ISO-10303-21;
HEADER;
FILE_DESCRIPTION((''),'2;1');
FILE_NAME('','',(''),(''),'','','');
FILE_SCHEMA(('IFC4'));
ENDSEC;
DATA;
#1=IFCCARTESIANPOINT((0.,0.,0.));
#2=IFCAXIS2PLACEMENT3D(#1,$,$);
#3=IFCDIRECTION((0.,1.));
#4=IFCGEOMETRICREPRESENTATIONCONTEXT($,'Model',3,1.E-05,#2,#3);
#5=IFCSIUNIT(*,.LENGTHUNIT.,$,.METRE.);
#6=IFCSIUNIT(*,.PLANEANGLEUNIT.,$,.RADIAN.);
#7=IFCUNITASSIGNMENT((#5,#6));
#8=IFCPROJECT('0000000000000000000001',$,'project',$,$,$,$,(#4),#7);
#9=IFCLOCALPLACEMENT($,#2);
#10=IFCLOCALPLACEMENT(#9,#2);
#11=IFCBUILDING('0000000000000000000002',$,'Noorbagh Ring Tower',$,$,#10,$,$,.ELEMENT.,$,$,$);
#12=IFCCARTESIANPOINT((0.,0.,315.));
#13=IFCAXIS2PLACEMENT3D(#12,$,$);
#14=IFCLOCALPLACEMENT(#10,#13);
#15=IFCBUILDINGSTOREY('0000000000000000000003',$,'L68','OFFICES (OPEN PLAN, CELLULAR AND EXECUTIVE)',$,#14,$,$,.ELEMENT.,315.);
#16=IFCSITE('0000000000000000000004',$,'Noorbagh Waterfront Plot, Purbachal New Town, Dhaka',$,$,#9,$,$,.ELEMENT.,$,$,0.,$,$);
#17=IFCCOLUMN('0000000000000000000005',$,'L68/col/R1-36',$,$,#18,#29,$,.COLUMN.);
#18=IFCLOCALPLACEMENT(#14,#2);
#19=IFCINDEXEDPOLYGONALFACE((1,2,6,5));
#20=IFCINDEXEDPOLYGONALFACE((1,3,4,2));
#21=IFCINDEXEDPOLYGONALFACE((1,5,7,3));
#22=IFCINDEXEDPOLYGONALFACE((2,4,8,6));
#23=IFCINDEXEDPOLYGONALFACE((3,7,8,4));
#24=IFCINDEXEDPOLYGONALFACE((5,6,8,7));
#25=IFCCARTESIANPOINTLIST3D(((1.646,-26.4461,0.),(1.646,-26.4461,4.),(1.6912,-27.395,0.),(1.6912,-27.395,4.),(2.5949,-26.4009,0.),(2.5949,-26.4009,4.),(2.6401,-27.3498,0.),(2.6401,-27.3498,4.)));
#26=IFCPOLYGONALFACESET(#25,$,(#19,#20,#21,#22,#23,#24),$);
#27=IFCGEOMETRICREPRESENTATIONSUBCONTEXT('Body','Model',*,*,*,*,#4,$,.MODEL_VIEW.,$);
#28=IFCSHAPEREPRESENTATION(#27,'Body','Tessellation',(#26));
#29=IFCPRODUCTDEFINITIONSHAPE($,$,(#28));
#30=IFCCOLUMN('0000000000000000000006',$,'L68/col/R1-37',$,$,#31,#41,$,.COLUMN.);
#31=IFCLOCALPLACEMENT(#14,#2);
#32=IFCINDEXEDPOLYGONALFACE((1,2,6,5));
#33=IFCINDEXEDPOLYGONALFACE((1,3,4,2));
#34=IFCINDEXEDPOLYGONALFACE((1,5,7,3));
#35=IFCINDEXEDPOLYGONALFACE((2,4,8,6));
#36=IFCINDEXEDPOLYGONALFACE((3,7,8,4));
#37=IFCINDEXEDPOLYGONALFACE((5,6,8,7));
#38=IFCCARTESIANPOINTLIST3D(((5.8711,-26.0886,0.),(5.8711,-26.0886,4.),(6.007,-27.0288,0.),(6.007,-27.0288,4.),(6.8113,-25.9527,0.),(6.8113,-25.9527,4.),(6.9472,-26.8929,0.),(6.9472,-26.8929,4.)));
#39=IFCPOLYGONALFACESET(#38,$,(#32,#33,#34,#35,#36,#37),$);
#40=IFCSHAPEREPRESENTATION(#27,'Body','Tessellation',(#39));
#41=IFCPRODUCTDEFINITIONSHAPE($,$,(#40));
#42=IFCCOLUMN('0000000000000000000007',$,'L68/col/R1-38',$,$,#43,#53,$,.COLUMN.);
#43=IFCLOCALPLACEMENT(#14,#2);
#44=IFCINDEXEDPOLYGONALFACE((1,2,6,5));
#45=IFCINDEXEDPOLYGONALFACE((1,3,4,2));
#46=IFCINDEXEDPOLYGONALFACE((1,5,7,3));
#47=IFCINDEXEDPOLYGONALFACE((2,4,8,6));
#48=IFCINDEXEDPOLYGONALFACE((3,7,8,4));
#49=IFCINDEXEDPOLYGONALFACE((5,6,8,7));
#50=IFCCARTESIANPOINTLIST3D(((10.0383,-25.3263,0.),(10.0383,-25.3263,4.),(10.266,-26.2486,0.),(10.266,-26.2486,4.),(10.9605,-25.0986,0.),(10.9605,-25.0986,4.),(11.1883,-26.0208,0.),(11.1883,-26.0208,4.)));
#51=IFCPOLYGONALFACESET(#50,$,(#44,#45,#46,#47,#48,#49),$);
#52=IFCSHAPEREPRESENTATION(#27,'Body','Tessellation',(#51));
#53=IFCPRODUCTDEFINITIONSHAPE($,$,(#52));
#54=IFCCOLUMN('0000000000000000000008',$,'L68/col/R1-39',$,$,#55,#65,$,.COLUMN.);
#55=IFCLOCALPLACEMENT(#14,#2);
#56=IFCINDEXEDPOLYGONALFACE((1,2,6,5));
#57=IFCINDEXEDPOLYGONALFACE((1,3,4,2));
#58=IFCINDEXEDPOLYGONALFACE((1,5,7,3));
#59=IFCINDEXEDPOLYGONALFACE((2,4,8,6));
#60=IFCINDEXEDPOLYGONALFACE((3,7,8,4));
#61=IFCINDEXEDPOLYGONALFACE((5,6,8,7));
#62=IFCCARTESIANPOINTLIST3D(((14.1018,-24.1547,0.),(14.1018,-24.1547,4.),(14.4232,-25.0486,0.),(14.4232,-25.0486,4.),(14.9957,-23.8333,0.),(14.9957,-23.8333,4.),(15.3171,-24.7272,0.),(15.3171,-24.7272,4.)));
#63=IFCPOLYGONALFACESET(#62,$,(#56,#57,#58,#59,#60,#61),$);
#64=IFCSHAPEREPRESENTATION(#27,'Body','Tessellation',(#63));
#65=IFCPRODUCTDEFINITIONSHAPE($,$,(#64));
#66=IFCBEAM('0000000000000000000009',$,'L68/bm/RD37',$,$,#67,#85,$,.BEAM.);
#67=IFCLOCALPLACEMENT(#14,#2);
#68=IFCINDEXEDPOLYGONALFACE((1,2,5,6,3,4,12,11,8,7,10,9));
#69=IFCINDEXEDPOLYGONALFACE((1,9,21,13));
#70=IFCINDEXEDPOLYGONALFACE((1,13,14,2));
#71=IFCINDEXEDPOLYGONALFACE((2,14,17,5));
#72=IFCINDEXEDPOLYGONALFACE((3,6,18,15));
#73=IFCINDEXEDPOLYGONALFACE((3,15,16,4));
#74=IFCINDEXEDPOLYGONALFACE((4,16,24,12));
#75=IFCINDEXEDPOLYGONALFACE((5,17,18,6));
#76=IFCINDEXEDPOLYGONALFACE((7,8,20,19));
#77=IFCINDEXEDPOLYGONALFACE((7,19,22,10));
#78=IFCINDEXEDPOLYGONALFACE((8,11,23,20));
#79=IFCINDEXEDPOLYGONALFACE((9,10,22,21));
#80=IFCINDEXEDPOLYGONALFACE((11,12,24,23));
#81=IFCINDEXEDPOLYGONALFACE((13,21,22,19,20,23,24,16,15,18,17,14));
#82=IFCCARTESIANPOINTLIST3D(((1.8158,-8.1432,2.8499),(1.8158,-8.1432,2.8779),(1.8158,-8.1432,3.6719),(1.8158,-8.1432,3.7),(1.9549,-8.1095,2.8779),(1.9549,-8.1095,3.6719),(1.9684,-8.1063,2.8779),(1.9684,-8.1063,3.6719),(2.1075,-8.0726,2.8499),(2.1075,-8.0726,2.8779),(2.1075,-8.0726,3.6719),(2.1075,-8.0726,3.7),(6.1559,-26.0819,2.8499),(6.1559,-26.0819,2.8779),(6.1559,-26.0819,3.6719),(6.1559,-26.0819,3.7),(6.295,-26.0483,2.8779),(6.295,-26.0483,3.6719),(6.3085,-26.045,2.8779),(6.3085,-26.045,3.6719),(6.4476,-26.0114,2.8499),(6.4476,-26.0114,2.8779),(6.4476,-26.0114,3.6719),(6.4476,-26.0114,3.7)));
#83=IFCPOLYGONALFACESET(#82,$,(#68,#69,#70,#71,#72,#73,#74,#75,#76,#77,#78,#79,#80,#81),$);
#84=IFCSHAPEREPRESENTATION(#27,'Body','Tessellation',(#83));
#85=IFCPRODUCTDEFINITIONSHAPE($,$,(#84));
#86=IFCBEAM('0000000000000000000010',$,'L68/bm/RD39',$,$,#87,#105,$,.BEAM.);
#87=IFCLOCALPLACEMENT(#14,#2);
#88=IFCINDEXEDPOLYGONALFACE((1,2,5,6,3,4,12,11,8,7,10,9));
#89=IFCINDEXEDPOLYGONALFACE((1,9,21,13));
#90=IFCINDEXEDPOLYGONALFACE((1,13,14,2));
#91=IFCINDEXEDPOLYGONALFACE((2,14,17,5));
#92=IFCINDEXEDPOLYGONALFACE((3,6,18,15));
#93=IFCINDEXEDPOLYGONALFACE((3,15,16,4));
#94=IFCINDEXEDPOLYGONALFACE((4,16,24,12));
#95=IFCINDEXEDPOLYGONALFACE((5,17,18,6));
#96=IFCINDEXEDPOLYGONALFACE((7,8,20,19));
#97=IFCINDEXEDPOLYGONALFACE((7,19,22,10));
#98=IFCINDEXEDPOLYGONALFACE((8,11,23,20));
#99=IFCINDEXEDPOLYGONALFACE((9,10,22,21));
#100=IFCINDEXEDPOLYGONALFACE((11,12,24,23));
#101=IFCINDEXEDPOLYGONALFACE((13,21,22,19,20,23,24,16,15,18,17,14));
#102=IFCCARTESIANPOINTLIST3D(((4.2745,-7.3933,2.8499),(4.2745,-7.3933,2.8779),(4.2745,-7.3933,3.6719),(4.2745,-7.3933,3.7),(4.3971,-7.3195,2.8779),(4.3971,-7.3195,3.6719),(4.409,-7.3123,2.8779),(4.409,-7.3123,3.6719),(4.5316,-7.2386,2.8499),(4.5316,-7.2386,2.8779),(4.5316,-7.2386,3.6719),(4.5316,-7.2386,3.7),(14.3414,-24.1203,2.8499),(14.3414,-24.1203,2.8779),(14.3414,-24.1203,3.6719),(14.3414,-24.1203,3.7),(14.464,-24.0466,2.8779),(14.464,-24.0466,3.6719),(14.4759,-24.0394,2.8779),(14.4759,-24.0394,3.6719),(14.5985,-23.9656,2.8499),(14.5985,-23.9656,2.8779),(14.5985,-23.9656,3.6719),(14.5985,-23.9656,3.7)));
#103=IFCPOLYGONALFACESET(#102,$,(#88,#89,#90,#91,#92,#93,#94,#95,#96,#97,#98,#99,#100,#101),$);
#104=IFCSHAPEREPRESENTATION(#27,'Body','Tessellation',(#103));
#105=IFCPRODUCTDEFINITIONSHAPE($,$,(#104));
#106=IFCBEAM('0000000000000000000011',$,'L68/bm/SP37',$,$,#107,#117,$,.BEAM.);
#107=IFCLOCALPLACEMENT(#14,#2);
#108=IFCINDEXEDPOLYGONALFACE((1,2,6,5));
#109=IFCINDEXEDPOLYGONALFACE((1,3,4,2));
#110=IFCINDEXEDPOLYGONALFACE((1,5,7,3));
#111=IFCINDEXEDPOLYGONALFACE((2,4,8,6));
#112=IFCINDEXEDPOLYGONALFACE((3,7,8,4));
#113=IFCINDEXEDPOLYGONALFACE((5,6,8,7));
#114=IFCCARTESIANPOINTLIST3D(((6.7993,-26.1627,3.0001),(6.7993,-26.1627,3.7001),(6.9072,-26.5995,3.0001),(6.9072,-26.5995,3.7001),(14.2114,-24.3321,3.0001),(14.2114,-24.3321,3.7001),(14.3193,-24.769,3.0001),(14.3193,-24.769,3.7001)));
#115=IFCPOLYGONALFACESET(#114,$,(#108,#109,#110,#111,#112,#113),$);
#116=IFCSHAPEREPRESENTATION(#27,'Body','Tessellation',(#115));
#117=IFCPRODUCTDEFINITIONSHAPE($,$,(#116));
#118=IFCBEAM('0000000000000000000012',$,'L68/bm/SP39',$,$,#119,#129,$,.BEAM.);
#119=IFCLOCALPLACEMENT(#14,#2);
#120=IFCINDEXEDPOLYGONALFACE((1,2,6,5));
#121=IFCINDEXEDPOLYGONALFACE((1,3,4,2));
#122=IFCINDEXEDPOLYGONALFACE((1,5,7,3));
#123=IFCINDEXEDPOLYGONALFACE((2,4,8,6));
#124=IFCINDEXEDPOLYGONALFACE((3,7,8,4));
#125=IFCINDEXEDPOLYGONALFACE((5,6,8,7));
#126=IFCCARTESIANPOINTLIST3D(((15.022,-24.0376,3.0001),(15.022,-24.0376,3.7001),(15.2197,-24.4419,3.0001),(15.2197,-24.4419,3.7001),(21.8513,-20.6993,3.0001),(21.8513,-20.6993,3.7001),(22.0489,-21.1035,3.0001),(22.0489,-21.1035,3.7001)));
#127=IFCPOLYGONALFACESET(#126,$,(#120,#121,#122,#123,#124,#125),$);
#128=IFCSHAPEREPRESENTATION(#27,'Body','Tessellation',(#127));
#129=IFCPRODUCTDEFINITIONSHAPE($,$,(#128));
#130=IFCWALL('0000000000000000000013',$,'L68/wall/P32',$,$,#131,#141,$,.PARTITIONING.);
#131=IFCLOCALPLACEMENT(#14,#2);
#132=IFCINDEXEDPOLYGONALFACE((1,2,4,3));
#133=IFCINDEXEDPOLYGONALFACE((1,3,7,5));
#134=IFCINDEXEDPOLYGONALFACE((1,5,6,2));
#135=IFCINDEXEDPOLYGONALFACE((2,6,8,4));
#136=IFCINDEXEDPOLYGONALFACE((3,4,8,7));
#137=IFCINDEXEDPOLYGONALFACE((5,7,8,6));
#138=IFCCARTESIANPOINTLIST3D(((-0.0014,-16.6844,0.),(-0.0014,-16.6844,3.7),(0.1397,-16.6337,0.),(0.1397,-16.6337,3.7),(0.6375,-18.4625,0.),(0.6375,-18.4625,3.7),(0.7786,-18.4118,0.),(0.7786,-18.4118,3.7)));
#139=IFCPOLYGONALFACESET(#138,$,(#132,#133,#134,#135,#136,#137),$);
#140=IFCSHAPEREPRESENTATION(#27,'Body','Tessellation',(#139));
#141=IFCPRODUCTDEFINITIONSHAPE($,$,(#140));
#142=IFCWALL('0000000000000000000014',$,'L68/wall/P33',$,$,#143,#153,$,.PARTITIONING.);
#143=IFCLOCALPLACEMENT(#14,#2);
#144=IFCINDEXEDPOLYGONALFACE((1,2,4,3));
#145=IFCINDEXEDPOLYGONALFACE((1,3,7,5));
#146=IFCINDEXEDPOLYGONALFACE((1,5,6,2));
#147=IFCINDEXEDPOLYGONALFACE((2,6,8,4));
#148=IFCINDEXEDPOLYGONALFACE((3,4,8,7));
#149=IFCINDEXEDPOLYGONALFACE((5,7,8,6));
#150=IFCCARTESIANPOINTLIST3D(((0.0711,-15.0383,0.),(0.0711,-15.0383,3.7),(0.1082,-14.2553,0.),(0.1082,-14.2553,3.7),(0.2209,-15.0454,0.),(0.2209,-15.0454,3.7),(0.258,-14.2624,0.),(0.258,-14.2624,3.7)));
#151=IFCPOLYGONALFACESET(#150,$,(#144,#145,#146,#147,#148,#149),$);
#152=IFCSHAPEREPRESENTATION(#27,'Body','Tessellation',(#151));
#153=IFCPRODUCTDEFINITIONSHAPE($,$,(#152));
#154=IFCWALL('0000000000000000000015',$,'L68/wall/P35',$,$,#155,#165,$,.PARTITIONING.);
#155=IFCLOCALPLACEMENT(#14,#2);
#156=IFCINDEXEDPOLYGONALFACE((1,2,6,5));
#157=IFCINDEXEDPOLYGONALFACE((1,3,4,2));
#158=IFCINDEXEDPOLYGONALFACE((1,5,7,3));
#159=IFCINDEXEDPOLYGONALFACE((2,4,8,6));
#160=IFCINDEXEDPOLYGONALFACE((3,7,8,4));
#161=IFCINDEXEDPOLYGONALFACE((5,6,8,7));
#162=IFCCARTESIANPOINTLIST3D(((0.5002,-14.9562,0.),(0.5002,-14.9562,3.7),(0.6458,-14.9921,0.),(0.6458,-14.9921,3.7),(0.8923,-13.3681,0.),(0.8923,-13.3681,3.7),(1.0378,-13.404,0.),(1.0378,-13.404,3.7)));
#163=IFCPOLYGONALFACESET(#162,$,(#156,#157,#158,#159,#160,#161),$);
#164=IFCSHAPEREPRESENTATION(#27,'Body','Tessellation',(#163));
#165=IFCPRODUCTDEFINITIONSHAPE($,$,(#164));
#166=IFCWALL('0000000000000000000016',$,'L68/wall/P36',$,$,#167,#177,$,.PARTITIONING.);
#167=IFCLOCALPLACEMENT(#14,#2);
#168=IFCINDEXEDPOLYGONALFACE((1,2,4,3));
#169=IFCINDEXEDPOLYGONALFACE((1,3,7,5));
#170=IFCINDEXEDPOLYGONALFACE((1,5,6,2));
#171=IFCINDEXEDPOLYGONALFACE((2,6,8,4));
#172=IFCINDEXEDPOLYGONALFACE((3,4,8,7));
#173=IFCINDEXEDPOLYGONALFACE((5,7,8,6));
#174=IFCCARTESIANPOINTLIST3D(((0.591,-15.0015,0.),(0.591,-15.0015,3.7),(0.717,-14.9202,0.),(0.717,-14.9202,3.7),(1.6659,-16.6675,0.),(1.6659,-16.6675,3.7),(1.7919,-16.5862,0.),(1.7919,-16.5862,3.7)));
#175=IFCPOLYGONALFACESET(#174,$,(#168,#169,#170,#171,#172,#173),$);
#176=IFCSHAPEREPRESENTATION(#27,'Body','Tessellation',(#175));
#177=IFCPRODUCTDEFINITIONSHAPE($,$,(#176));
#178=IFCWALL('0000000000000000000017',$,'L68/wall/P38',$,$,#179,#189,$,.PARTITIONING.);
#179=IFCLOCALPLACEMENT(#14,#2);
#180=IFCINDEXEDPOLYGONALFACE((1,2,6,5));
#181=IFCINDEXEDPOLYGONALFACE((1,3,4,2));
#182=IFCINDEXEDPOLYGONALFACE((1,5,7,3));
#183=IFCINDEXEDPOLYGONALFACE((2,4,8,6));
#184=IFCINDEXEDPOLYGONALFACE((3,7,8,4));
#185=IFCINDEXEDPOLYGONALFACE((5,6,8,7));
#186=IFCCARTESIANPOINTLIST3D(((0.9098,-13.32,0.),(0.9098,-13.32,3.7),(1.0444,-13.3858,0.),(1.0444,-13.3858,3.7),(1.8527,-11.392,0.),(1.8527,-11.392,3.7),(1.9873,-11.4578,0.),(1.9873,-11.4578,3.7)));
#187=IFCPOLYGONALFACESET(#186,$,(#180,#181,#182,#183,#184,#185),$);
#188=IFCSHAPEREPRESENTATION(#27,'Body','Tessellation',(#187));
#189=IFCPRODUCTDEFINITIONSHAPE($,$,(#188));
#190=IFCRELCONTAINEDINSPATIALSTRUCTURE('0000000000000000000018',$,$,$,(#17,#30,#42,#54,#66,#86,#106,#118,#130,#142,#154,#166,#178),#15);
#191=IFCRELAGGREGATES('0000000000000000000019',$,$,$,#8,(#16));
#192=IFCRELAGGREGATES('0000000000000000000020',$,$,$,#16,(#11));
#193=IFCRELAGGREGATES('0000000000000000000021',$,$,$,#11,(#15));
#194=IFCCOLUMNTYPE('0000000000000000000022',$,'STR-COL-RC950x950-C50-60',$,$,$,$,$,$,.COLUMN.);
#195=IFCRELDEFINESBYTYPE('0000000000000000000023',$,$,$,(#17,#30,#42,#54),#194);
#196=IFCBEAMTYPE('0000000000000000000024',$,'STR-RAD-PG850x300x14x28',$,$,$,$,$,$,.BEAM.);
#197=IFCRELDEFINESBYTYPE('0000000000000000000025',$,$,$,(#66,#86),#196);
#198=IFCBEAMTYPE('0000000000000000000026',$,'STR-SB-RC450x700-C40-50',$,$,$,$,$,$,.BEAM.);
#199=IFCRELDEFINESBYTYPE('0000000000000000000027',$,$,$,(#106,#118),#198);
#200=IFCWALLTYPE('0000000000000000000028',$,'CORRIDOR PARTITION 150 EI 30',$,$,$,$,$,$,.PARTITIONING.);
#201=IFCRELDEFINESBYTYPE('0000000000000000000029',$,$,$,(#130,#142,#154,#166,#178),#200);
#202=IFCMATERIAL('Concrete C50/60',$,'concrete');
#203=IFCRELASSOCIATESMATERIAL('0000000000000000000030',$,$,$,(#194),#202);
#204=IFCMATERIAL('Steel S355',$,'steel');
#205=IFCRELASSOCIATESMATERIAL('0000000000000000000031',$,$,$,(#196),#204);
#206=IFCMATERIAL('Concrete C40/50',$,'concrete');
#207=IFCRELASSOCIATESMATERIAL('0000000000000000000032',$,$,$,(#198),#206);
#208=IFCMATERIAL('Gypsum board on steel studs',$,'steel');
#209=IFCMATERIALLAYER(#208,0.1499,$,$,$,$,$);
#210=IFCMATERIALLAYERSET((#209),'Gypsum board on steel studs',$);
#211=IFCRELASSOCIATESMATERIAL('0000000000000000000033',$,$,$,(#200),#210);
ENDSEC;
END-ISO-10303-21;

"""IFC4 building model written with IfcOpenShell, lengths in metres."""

from ifc_helpers import new_model, si_unit, direction, frame, frame_2d, origin, origin_2d, place, context, subcontext, project, spatial, rectangle, i_section, extrude, material, layer, layer_set, material_profile, profile_set, type_object, element, save


model = new_model("IFC4")

# Units and contexts
model_context = context("Model", 3, precision=1e-05, world=origin(), true_north=direction((0.0, 1.0)))
body_context = subcontext(model_context, "Body", "Model", "MODEL_VIEW")
ifc_project = project(units=[si_unit("LENGTHUNIT", "METRE"), si_unit("PLANEANGLEUNIT", "RADIAN")], contexts=[model_context])

# Site, building, storey
site_placement = place(None, origin())
site = spatial("IfcSite", under=ifc_project, at=site_placement, Name="Noorbagh Waterfront Plot, Purbachal New Town, Dhaka", CompositionType="ELEMENT", RefElevation=0.0)
building_placement = place(site_placement, origin())
building = spatial("IfcBuilding", under=site, at=building_placement, Name="Noorbagh Ring Tower", CompositionType="ELEMENT")
storey_placement = place(building_placement, frame((0.0, 0.0, 315.0)))
storey = spatial("IfcBuildingStorey", under=building, at=storey_placement, Name="L68", Description="OFFICES (OPEN PLAN, CELLULAR AND EXECUTIVE)", CompositionType="ELEMENT", Elevation=315.0)

# Columns
ifc_material_1 = material(Name="Concrete C50/60", Category="concrete")
ifc_material_profile_1 = material_profile(ifc_material_1, rectangle(XDim=0.95, YDim=0.95, at=origin_2d()), Name="RC950x950")
ifc_profile_set_1 = profile_set([ifc_material_profile_1], Name="Concrete C50/60")
column_type = type_object("IfcColumnType", Name="STR-COL-RC950x950-C50-60", PredefinedType="COLUMN", material=ifc_profile_set_1)
for number, where, z_axis, x_axis, name in (
    (1, (2.1431, -26.8979, 0.0), (0.0, 0.0, 1.0), (0.998869, 0.047553, 0.0), "L68/col/R1-36"),
    (2, (6.4092, -26.4907, 0.0), (0.0, 0.0, 1.0), (0.989713, 0.143066, 0.0), "L68/col/R1-37"),
    (3, (10.6133, -25.6736, 0.0), (0.0, 0.0, 1.0), (0.970829, 0.239771, 0.0), "L68/col/R1-38"),
    (4, (14.7095, -24.4409, 0.0), (0.0, 0.0, 1.0), (0.941025, 0.338338, 0.0), "L68/col/R1-39"),
):
    element("IfcColumn", number, at=place(storey_placement, frame(where, z_axis=z_axis, x_axis=x_axis)), inside=storey, type_object=column_type, Name=name, PredefinedType="COLUMN", context=body_context, shape_type="SweptSolid", body=[
        extrude(rectangle(XDim=0.95, YDim=0.95, at=origin_2d()), origin(), (0.0, 0.0, 1.0), 4.0),
    ])

# Beams
ifc_material_2 = material(Name="Steel S355", Category="steel")
ifc_material_profile_2 = material_profile(ifc_material_2, i_section(OverallWidth=0.3, OverallDepth=0.8501, WebThickness=0.0139, FlangeThickness=0.0281, at=origin_2d()), Name="PG850x300x14x28")
ifc_profile_set_2 = profile_set([ifc_material_profile_2], Name="Steel S355")
beam_type_1 = type_object("IfcBeamType", Name="STR-RAD-PG850x300x14x28", PredefinedType="BEAM", material=ifc_profile_set_2)
beam_1_placement = place(storey_placement, frame((6.3018, -26.0466, 3.2749), z_axis=(-0.235155, 0.971958, 0.0), x_axis=(-0.971958, -0.235155, 0.0)))
element("IfcBeam", 5, at=beam_1_placement, inside=storey, type_object=beam_type_1, Name="L68/bm/RD37", PredefinedType="BEAM", context=body_context, shape_type="SweptSolid", body=[
    extrude(i_section(OverallWidth=0.3, OverallDepth=0.8501, WebThickness=0.0139, FlangeThickness=0.0281, at=origin_2d()), origin(), (0.0, 0.0, 1.0), 18.4563),
])
beam_2_placement = place(storey_placement, frame((14.47, -24.043, 3.2749), z_axis=(-0.51565, 0.856799, 0.0), x_axis=(-0.856799, -0.51565, 0.0)))
element("IfcBeam", 6, at=beam_2_placement, inside=storey, type_object=beam_type_1, Name="L68/bm/RD39", PredefinedType="BEAM", context=body_context, shape_type="SweptSolid", body=[
    extrude(i_section(OverallWidth=0.3, OverallDepth=0.8501, WebThickness=0.0139, FlangeThickness=0.0281, at=origin_2d()), origin(), (0.0, 0.0, 1.0), 19.5227),
])
ifc_material_3 = material(Name="Concrete C40/50", Category="concrete")
ifc_material_profile_3 = material_profile(ifc_material_3, rectangle(XDim=0.45, YDim=0.7, at=origin_2d()), Name="RC450x700")
ifc_profile_set_3 = profile_set([ifc_material_profile_3], Name="Concrete C40/50")
beam_type_2 = type_object("IfcBeamType", Name="STR-SB-RC450x700-C40-50", PredefinedType="BEAM", material=ifc_profile_set_3)
beam_3_placement = place(storey_placement, frame((6.8533, -26.3811, 3.3501), z_axis=(0.970831, 0.239766, 0.0), x_axis=(-0.239766, 0.970831, 0.0)))
element("IfcBeam", 7, at=beam_3_placement, inside=storey, type_object=beam_type_2, Name="L68/bm/SP37", PredefinedType="BEAM", context=body_context, shape_type="SweptSolid", body=[
    extrude(rectangle(XDim=0.45, YDim=0.7, at=origin_2d()), origin(), (0.0, 0.0, 1.0), 7.6348),
])
beam_4_placement = place(storey_placement, frame((15.1208, -24.2397, 3.3501), z_axis=(0.898406, 0.439166, 0.0), x_axis=(-0.439166, 0.898406, 0.0)))
element("IfcBeam", 8, at=beam_4_placement, inside=storey, type_object=beam_type_2, Name="L68/bm/SP39", PredefinedType="BEAM", context=body_context, shape_type="SweptSolid", body=[
    extrude(rectangle(XDim=0.45, YDim=0.7, at=origin_2d()), origin(), (0.0, 0.0, 1.0), 7.6016),
])

# Walls
ifc_material_4 = material(Name="Gypsum board on steel studs", Category="steel")
ifc_layer_1 = layer(ifc_material_4, 0.1499)
ifc_layer_set_1 = layer_set([ifc_layer_1], Name="Gypsum board on steel studs")
wall_type_1 = type_object("IfcWallType", Name="CORRIDOR PARTITION 150 EI 30", PredefinedType="PARTITIONING", material=ifc_layer_set_1)
wall_1_placement = place(storey_placement, frame((0.0691, -16.6589, 0.0), z_axis=(0.0, 0.0, 1.0), x_axis=(0.338161, -0.941088, 0.0)))
element("IfcWall", 9, at=wall_1_placement, inside=storey, type_object=wall_type_1, Name="L68/wall/P32", PredefinedType="PARTITIONING", context=body_context, shape_type="SweptSolid", body=[
    extrude(rectangle(XDim=1.8894, YDim=0.1499, at=frame_2d((0.9448, 0.0))), origin(), (0.0, 0.0, 1.0), 3.7),
])
wall_2_placement = place(storey_placement, frame((0.146, -15.042, 0.0), z_axis=(0.0, 0.0, 1.0), x_axis=(0.047343, 0.998879, 0.0)))
element("IfcWall", 10, at=wall_2_placement, inside=storey, type_object=wall_type_1, Name="L68/wall/P33", PredefinedType="PARTITIONING", context=body_context, shape_type="SweptSolid", body=[
    extrude(rectangle(XDim=0.7839, YDim=0.1499, at=frame_2d((0.3921, 0.0))), origin(), (0.0, 0.0, 1.0), 3.7),
])
wall_3_placement = place(storey_placement, frame((0.573, -14.9741, 0.0), z_axis=(0.0, 0.0, 1.0), x_axis=(0.23969, 0.970849, 0.0)))
element("IfcWall", 11, at=wall_3_placement, inside=storey, type_object=wall_type_1, Name="L68/wall/P35", PredefinedType="PARTITIONING", context=body_context, shape_type="SweptSolid", body=[
    extrude(rectangle(XDim=1.6357, YDim=0.1499, at=frame_2d((0.8179, 0.0))), origin(), (0.0, 0.0, 1.0), 3.7),
])
wall_4_placement = place(storey_placement, frame((0.6541, -14.9609, 0.0), z_axis=(0.0, 0.0, 1.0), x_axis=(0.542163, -0.840273, 0.0)))
element("IfcWall", 12, at=wall_4_placement, inside=storey, type_object=wall_type_1, Name="L68/wall/P36", PredefinedType="PARTITIONING", context=body_context, shape_type="SweptSolid", body=[
    extrude(rectangle(XDim=1.9827, YDim=0.1499, at=frame_2d((0.9912, 0.0))), origin(), (0.0, 0.0, 1.0), 3.7),
])
wall_5_placement = place(storey_placement, frame((0.9771, -13.353, 0.0), z_axis=(0.0, 0.0, 1.0), x_axis=(0.439324, 0.898328, 0.0)))
element("IfcWall", 13, at=wall_5_placement, inside=storey, type_object=wall_type_1, Name="L68/wall/P38", PredefinedType="PARTITIONING", context=body_context, shape_type="SweptSolid", body=[
    extrude(rectangle(XDim=2.1462, YDim=0.1499, at=frame_2d((1.0732, 0.0))), origin(), (0.0, 0.0, 1.0), 3.7),
])

save(model, "model.ifc")
